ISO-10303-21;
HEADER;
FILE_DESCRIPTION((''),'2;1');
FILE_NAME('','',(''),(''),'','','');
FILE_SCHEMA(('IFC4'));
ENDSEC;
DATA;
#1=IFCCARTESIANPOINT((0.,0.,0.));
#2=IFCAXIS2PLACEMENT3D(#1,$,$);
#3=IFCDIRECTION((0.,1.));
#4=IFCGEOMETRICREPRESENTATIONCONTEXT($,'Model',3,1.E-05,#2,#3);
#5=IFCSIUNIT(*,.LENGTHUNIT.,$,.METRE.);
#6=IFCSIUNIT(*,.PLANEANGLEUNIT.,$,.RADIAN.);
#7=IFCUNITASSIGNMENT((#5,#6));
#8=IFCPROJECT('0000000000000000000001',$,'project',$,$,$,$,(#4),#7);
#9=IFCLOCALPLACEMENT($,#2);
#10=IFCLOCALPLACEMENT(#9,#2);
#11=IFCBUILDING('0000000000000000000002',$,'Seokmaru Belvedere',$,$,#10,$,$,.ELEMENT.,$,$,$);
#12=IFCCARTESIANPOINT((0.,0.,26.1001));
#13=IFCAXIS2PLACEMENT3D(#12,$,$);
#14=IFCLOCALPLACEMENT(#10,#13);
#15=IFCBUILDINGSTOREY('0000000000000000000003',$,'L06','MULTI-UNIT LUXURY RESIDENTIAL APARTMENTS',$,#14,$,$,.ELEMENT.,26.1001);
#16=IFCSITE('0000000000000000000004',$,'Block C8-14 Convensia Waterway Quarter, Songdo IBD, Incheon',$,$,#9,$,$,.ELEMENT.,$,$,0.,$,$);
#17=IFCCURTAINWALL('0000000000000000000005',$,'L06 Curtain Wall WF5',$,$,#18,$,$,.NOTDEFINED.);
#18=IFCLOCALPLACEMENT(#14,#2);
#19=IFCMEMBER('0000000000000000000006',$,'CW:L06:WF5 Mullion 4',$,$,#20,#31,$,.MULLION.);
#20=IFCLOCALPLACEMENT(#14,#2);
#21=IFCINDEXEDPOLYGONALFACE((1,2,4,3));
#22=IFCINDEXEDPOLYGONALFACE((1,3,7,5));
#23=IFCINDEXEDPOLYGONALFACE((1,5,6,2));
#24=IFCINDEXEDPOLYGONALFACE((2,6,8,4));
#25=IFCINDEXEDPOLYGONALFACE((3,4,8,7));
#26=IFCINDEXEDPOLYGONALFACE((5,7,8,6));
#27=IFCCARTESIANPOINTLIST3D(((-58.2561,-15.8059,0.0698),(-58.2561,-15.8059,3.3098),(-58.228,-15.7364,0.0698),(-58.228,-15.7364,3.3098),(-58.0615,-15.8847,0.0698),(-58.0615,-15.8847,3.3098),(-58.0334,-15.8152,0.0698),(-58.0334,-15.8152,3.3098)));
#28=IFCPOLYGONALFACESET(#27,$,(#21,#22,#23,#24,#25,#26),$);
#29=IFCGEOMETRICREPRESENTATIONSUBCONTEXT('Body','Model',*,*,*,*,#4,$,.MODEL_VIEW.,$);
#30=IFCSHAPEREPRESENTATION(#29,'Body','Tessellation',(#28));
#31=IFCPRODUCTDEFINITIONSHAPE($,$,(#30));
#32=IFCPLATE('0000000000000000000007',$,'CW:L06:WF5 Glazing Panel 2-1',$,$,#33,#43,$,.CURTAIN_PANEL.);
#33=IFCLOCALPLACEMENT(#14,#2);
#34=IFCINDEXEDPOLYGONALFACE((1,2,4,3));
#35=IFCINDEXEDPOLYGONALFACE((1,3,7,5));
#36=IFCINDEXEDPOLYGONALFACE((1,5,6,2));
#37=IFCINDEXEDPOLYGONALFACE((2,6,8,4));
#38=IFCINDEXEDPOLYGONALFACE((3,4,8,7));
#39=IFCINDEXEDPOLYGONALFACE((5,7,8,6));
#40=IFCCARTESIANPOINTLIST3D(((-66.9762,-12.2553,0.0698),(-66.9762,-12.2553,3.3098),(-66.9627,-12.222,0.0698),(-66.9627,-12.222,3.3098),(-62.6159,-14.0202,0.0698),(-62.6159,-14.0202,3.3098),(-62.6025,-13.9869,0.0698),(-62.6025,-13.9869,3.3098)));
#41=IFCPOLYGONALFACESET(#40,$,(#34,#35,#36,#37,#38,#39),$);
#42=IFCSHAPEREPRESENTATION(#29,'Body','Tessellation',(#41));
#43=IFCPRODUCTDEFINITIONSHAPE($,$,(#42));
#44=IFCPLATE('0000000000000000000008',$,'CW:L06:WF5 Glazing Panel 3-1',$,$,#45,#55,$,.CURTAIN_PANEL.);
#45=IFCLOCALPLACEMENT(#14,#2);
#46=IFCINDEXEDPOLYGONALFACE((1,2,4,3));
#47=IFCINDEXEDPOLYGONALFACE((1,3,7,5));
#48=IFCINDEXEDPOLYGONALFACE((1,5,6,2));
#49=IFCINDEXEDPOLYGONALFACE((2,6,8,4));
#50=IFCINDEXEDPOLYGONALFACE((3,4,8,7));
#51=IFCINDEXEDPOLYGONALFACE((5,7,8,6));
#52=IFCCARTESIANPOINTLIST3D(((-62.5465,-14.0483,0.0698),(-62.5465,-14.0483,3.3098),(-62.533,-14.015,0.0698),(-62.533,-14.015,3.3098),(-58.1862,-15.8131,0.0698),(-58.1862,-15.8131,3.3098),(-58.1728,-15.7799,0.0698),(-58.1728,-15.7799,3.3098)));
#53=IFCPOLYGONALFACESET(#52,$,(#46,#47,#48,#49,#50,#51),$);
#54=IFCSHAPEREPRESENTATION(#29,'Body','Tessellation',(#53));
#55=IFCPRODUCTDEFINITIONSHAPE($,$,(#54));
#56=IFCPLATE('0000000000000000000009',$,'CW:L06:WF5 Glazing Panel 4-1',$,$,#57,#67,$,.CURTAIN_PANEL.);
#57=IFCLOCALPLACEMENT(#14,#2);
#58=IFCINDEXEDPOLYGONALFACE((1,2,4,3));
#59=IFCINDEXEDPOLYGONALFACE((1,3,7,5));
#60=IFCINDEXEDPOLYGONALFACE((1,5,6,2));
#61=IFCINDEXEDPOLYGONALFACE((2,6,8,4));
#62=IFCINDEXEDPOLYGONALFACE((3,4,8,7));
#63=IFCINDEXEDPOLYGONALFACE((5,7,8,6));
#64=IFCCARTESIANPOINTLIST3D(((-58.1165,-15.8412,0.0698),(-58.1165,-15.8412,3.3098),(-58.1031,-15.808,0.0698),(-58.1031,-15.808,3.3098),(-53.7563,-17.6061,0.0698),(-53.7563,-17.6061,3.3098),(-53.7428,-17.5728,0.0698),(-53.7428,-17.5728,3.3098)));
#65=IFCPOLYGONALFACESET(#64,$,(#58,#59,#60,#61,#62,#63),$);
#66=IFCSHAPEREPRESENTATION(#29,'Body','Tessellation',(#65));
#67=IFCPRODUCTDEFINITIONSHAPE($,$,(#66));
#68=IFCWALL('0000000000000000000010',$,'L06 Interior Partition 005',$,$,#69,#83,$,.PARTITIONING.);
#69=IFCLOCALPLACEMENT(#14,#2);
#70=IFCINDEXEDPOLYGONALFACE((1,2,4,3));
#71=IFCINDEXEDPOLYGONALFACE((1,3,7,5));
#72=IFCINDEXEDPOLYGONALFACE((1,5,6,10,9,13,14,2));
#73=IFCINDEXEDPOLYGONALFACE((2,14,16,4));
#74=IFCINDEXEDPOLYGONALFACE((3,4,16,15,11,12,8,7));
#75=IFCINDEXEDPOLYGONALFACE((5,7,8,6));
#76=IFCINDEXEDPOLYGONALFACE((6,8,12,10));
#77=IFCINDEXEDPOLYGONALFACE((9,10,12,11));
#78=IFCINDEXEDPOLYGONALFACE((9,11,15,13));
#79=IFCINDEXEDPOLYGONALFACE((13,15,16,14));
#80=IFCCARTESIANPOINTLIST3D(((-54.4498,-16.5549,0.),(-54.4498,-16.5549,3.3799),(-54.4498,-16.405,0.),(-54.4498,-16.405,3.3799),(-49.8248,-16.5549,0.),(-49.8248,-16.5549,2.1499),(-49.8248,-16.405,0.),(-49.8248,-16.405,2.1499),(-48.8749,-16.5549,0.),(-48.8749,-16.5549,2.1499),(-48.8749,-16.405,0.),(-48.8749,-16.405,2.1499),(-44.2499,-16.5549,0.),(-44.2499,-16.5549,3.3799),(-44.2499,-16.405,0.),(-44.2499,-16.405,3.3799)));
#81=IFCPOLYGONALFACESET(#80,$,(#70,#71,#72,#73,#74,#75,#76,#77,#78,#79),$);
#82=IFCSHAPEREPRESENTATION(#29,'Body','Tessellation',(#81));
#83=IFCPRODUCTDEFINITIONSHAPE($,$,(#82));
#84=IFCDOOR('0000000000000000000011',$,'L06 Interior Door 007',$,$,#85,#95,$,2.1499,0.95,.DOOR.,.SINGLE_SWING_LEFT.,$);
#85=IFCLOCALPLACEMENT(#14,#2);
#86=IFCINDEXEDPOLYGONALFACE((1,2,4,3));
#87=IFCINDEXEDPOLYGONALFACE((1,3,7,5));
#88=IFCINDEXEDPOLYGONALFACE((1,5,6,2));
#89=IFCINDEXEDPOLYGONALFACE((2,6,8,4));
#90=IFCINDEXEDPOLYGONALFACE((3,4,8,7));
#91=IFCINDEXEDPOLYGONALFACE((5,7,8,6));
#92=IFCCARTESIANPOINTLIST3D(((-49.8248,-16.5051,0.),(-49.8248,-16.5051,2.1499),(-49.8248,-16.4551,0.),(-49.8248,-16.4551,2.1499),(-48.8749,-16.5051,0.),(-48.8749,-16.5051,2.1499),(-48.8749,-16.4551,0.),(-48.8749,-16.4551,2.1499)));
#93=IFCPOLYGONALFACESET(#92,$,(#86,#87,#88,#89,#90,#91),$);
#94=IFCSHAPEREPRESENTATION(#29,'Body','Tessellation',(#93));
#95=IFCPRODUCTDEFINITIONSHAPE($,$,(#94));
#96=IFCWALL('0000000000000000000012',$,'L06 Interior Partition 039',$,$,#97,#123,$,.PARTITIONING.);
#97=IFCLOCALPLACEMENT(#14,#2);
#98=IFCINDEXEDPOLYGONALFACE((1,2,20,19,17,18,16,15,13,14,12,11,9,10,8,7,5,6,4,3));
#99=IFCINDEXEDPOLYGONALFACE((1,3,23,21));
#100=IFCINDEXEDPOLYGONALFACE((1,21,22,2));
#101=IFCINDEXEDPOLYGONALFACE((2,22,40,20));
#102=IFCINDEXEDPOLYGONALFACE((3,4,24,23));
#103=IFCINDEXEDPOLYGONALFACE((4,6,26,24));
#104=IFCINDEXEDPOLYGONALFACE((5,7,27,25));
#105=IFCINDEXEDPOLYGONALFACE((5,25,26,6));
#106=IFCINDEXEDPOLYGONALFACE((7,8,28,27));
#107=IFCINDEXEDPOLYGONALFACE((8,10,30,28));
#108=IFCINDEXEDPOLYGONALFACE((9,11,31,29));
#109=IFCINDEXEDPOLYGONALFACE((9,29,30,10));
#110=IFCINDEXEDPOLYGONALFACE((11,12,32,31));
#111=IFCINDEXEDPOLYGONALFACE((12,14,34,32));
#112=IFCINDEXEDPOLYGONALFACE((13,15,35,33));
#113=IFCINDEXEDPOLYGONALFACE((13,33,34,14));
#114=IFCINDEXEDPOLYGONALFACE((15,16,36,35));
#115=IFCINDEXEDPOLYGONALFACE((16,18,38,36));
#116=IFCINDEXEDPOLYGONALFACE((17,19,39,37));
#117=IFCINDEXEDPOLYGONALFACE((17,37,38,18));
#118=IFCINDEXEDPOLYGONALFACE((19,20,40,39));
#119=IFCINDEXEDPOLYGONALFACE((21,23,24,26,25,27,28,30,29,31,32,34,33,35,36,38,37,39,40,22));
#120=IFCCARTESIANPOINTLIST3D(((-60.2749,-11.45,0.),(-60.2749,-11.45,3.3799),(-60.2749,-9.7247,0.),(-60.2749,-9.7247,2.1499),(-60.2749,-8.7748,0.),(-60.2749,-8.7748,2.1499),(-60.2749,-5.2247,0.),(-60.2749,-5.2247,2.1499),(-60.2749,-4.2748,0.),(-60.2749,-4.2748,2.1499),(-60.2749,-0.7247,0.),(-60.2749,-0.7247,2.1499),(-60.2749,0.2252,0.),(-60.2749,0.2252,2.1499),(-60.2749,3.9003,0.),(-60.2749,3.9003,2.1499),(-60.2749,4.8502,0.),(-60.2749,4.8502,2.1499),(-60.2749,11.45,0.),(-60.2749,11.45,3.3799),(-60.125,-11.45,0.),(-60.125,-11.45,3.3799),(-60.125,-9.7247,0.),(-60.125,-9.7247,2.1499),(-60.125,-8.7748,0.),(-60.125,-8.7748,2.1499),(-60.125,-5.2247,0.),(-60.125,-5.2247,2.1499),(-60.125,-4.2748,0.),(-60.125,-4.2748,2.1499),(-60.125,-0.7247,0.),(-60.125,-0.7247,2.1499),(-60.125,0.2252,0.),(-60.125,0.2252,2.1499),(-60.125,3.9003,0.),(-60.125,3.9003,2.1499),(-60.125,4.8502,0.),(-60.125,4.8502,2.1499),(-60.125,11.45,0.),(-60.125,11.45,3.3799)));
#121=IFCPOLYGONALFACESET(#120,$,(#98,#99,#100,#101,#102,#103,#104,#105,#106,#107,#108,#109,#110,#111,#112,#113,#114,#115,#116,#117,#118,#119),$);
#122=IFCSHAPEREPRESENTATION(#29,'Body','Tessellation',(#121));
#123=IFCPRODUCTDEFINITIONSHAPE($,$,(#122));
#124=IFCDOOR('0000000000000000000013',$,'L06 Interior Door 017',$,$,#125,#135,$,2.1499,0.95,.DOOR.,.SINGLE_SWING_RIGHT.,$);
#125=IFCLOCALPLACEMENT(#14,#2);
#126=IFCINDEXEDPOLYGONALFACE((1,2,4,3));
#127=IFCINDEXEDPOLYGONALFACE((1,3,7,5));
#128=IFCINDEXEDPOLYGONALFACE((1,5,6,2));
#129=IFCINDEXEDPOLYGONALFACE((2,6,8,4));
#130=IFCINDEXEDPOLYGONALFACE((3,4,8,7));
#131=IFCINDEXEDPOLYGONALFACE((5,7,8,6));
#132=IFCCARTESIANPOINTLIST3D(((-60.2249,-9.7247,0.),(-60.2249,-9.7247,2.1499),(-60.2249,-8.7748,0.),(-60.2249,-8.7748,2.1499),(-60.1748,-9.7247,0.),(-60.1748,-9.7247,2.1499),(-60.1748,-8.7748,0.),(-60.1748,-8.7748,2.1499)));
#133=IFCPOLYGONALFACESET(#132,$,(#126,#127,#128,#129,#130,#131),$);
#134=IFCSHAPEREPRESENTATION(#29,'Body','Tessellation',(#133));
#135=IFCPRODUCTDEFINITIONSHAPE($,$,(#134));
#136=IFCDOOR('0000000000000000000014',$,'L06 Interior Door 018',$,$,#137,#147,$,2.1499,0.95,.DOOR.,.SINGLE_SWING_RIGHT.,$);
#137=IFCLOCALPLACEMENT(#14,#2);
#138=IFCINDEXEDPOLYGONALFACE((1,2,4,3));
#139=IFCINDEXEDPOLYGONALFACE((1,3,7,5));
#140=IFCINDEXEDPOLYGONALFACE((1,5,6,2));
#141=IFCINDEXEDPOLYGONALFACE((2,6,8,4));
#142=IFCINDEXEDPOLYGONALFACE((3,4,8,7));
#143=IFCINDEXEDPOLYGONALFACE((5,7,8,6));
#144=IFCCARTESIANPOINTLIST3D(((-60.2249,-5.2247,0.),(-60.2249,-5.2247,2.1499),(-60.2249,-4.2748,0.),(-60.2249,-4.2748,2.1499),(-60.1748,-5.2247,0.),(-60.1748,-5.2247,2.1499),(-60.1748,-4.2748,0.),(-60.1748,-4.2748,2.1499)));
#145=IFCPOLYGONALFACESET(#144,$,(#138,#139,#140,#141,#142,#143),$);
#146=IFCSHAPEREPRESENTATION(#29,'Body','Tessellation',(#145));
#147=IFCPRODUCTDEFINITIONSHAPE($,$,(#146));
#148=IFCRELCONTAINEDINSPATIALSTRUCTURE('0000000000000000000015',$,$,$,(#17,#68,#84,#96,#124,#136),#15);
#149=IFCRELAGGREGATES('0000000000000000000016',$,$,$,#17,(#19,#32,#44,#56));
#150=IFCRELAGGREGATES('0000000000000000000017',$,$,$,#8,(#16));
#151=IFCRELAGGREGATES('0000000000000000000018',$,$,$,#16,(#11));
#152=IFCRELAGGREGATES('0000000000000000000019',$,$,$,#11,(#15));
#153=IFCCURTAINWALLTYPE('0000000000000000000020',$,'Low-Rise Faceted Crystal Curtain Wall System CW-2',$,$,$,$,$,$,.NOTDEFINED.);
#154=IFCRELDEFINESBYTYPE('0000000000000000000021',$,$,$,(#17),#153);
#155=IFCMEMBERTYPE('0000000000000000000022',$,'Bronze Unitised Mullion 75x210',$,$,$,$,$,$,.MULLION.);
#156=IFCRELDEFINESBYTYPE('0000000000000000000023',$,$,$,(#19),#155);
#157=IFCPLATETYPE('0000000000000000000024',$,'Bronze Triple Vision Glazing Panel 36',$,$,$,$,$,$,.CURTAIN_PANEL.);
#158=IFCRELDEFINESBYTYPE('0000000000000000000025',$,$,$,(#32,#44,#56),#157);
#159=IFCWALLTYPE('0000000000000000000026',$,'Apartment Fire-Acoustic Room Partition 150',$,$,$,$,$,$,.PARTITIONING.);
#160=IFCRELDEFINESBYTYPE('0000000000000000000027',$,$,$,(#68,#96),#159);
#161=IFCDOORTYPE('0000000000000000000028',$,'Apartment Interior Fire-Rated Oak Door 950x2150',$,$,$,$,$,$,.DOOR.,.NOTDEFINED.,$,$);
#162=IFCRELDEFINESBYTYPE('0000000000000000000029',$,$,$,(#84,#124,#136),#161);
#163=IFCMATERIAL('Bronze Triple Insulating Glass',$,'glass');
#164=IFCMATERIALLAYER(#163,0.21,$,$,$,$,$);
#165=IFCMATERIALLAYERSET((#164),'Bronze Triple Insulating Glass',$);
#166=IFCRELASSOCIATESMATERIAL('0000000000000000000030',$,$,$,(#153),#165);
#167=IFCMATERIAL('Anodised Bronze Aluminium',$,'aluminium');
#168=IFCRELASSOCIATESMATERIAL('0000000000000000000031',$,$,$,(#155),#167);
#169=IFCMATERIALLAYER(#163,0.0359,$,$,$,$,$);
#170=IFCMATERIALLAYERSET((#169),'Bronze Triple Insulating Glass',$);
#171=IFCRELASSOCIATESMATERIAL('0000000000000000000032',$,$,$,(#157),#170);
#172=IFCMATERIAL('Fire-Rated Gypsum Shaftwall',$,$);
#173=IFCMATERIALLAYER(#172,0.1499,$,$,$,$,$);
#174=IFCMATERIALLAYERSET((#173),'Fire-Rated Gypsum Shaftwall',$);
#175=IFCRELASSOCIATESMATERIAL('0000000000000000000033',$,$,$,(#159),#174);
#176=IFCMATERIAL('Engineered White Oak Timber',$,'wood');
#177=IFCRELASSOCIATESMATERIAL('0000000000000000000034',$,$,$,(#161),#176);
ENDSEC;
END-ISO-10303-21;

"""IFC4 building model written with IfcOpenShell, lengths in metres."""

from ifc_helpers import new_model, si_unit, direction, frame, frame_2d, origin, origin_2d, place, context, subcontext, project, spatial, rectangle, extrude, source, transform, mapped, material, layer, layer_set, material_profile, profile_set, type_object, type_shapes, element, fill, aggregate, save


model = new_model("IFC4")

# Units and contexts
model_context = context("Model", 3, precision=1e-05, world=origin(), true_north=direction((0.0, 1.0)))
body_context = subcontext(model_context, "Body", "Model", "MODEL_VIEW")
ifc_project = project(units=[si_unit("LENGTHUNIT", "METRE"), si_unit("PLANEANGLEUNIT", "RADIAN")], contexts=[model_context])

# Site, building, storey
site_placement = place(None, origin())
site = spatial("IfcSite", under=ifc_project, at=site_placement, Name="Block C8-14 Convensia Waterway Quarter, Songdo IBD, Incheon", CompositionType="ELEMENT", RefElevation=0.0)
building_placement = place(site_placement, origin())
building = spatial("IfcBuilding", under=site, at=building_placement, Name="Seokmaru Belvedere", CompositionType="ELEMENT")
storey_placement = place(building_placement, frame((0.0, 0.0, 26.1001)))
storey = spatial("IfcBuildingStorey", under=building, at=storey_placement, Name="L06", Description="MULTI-UNIT LUXURY RESIDENTIAL APARTMENTS", CompositionType="ELEMENT", Elevation=26.1001)

# Curtain wall, member, plates
ifc_material_1 = material(Name="Bronze Triple Insulating Glass", Category="glass")
ifc_layer_1 = layer(ifc_material_1, 0.21)
ifc_layer_set_1 = layer_set([ifc_layer_1], Name="Bronze Triple Insulating Glass")
curtain_wall_type = type_object("IfcCurtainWallType", Name="Low-Rise Faceted Crystal Curtain Wall System CW-2", PredefinedType="NOTDEFINED", material=ifc_layer_set_1)
curtain_wall_placement = place(storey_placement, origin())
curtain_wall = element("IfcCurtainWall", 1, at=curtain_wall_placement, inside=storey, type_object=curtain_wall_type, Name="L06 Curtain Wall WF5", PredefinedType="NOTDEFINED")
ifc_material_2 = material(Name="Anodised Bronze Aluminium", Category="aluminium")
ifc_material_profile_1 = material_profile(ifc_material_2, rectangle(XDim=0.075, YDim=0.21, at=origin_2d()), Name="CW-M-75x210")
ifc_profile_set_1 = profile_set([ifc_material_profile_1], Name="Anodised Bronze Aluminium")
member_type = type_object("IfcMemberType", Name="Bronze Unitised Mullion 75x210", PredefinedType="MULLION", material=ifc_profile_set_1)
shared_shape_1 = source(origin(), body_context, "Body", "SweptSolid", [
    extrude(rectangle(XDim=0.075, YDim=0.21, at=origin_2d()), origin(), (0.0, 0.0, 1.0), 3.24),
])
type_shapes(member_type, [shared_shape_1])
member_1_placement = place(storey_placement, frame((-58.1448, -15.8105, 0.0698), z_axis=(0.0, 0.0, 1.0), x_axis=(0.375192, 0.926947, 0.0)))
member_1 = element("IfcMember", 2, at=member_1_placement, type_object=member_type, Name="CW:L06:WF5 Mullion 4", PredefinedType="MULLION", context=body_context, shape_type="MappedRepresentation", body=[
    mapped(shared_shape_1, transform((0.0, 0.0, 0.0), scale=1.0)),
])
ifc_layer_2 = layer(ifc_material_1, 0.0359)
ifc_layer_set_2 = layer_set([ifc_layer_2], Name="Bronze Triple Insulating Glass")
plate_type = type_object("IfcPlateType", Name="Bronze Triple Vision Glazing Panel 36", PredefinedType="CURTAIN_PANEL", material=ifc_layer_set_2)
shared_shape_2 = source(origin(), body_context, "Body", "SweptSolid", [
    extrude(rectangle(XDim=4.7039, YDim=0.0359, at=origin_2d()), origin(), (0.0, 0.0, 1.0), 3.24),
])
type_shapes(plate_type, [shared_shape_2])
plate_1_placement = place(storey_placement, frame((-64.7893, -13.1211, 0.0698), z_axis=(0.0, 0.0, 1.0), x_axis=(0.926947, -0.375192, 0.0)))
plate_1 = element("IfcPlate", 3, at=plate_1_placement, type_object=plate_type, Name="CW:L06:WF5 Glazing Panel 2-1", PredefinedType="CURTAIN_PANEL", context=body_context, shape_type="MappedRepresentation", body=[
    mapped(shared_shape_2, transform((0.0, 0.0, 0.0), scale=1.0)),
])
plate_2_placement = place(storey_placement, frame((-60.3596, -14.9141, 0.0698), z_axis=(0.0, 0.0, 1.0), x_axis=(0.926947, -0.375192, 0.0)))
plate_2 = element("IfcPlate", 4, at=plate_2_placement, type_object=plate_type, Name="CW:L06:WF5 Glazing Panel 3-1", PredefinedType="CURTAIN_PANEL", context=body_context, shape_type="MappedRepresentation", body=[
    mapped(shared_shape_2, transform((0.0, 0.0, 0.0), scale=1.0)),
])
plate_3_placement = place(storey_placement, frame((-55.9297, -16.707, 0.0698), z_axis=(0.0, 0.0, 1.0), x_axis=(0.926947, -0.375192, 0.0)))
plate_3 = element("IfcPlate", 5, at=plate_3_placement, type_object=plate_type, Name="CW:L06:WF5 Glazing Panel 4-1", PredefinedType="CURTAIN_PANEL", context=body_context, shape_type="MappedRepresentation", body=[
    mapped(shared_shape_2, transform((0.0, 0.0, 0.0), scale=1.0)),
])
aggregate(curtain_wall, [member_1, plate_1, plate_2, plate_3])

# Wall, opening, door
ifc_material_3 = material(Name="Fire-Rated Gypsum Shaftwall")
ifc_layer_3 = layer(ifc_material_3, 0.1499)
ifc_layer_set_3 = layer_set([ifc_layer_3], Name="Fire-Rated Gypsum Shaftwall")
wall_type = type_object("IfcWallType", Name="Apartment Fire-Acoustic Room Partition 150", PredefinedType="PARTITIONING", material=ifc_layer_set_3)
wall_1_placement = place(storey_placement, frame((-54.45, -16.48, 0.0), z_axis=(0.0, 0.0, 1.0), x_axis=(1.0, 0.0, 0.0)))
wall_1 = element("IfcWall", 6, at=wall_1_placement, inside=storey, type_object=wall_type, Name="L06 Interior Partition 005", PredefinedType="PARTITIONING", context=body_context, shape_type="SweptSolid", body=[
    extrude(rectangle(XDim=10.2, YDim=0.1499, at=frame_2d((5.1001, 0.0))), origin(), (0.0, 0.0, 1.0), 3.3799),
])
opening_1_placement = place(wall_1_placement, frame((4.625, 0.0, 0.0)))
opening_1 = element("IfcOpeningElement", 7, at=opening_1_placement, cuts=wall_1, PredefinedType="OPENING", context=body_context, shape_type="SweptSolid", body=[
    extrude(rectangle(XDim=0.95, YDim=2.1499, at=frame_2d((0.4751, 1.075))), frame((0.0, 0.085, 0.0), z_axis=(0.0, -1.0, 0.0), x_axis=(1.0, 0.0, 0.0)), (0.0, 0.0, 1.0), 0.1699),
])
ifc_material_4 = material(Name="Engineered White Oak Timber", Category="wood")
door_type = type_object("IfcDoorType", Name="Apartment Interior Fire-Rated Oak Door 950x2150", OperationType="NOTDEFINED", PredefinedType="DOOR", material=ifc_material_4)
shared_shape_3 = source(origin(), body_context, "Body", "SweptSolid", [
    extrude(rectangle(XDim=0.95, YDim=2.1499, at=frame_2d((0.4751, 1.075))), frame((0.0, 0.0249, 0.0), z_axis=(0.0, -1.0, 0.0), x_axis=(1.0, 0.0, 0.0)), (0.0, 0.0, 1.0), 0.05),
])
type_shapes(door_type, [shared_shape_3])
door_1_placement = place(opening_1_placement, origin())
door_1 = element("IfcDoor", 8, at=door_1_placement, inside=storey, type_object=door_type, Name="L06 Interior Door 007", OperationType="SINGLE_SWING_LEFT", OverallHeight=2.1499, OverallWidth=0.95, PredefinedType="DOOR", context=body_context, shape_type="MappedRepresentation", body=[
    mapped(shared_shape_3, transform((0.0, 0.0, 0.0), scale=1.0)),
])
fill(opening_1, door_1)

# Wall, openings, doors
wall_2_placement = place(storey_placement, frame((-60.2, -11.45, 0.0), z_axis=(0.0, 0.0, 1.0), x_axis=(0.0, 1.0, 0.0)))
wall_2 = element("IfcWall", 9, at=wall_2_placement, inside=storey, type_object=wall_type, Name="L06 Interior Partition 039", PredefinedType="PARTITIONING", context=body_context, shape_type="SweptSolid", body=[
    extrude(rectangle(XDim=22.8999, YDim=0.1499, at=frame_2d((11.45, 0.0))), origin(), (0.0, 0.0, 1.0), 3.3799),
])
opening_2_placement = place(wall_2_placement, frame((1.7251, 0.0, 0.0)))
opening_2 = element("IfcOpeningElement", 10, at=opening_2_placement, cuts=wall_2, PredefinedType="OPENING", context=body_context, shape_type="SweptSolid", body=[
    extrude(rectangle(XDim=0.95, YDim=2.1499, at=frame_2d((0.4751, 1.075))), frame((0.0, 0.085, 0.0), z_axis=(0.0, -1.0, 0.0), x_axis=(1.0, 0.0, 0.0)), (0.0, 0.0, 1.0), 0.1699),
])
opening_3_placement = place(wall_2_placement, frame((6.2251, 0.0, 0.0)))
opening_3 = element("IfcOpeningElement", 11, at=opening_3_placement, cuts=wall_2, PredefinedType="OPENING", context=body_context, shape_type="SweptSolid", body=[
    extrude(rectangle(XDim=0.95, YDim=2.1499, at=frame_2d((0.4751, 1.075))), frame((0.0, 0.085, 0.0), z_axis=(0.0, -1.0, 0.0), x_axis=(1.0, 0.0, 0.0)), (0.0, 0.0, 1.0), 0.1699),
])
opening_4_placement = place(wall_2_placement, frame((10.7251, 0.0, 0.0)))
element("IfcOpeningElement", 12, at=opening_4_placement, cuts=wall_2, PredefinedType="OPENING", context=body_context, shape_type="SweptSolid", body=[
    extrude(rectangle(XDim=0.95, YDim=2.1499, at=frame_2d((0.4751, 1.075))), frame((0.0, 0.085, 0.0), z_axis=(0.0, -1.0, 0.0), x_axis=(1.0, 0.0, 0.0)), (0.0, 0.0, 1.0), 0.1699),
])
opening_5_placement = place(wall_2_placement, frame((15.3501, 0.0, 0.0)))
element("IfcOpeningElement", 13, at=opening_5_placement, cuts=wall_2, PredefinedType="OPENING", context=body_context, shape_type="SweptSolid", body=[
    extrude(rectangle(XDim=0.95, YDim=2.1499, at=frame_2d((0.4751, 1.075))), frame((0.0, 0.085, 0.0), z_axis=(0.0, -1.0, 0.0), x_axis=(1.0, 0.0, 0.0)), (0.0, 0.0, 1.0), 0.1699),
])
door_2_placement = place(opening_2_placement, origin())
door_2 = element("IfcDoor", 14, at=door_2_placement, inside=storey, type_object=door_type, Name="L06 Interior Door 017", OperationType="SINGLE_SWING_RIGHT", OverallHeight=2.1499, OverallWidth=0.95, PredefinedType="DOOR", context=body_context, shape_type="MappedRepresentation", body=[
    mapped(shared_shape_3, transform((0.0, 0.0, 0.0), scale=1.0)),
])
fill(opening_2, door_2)
door_3_placement = place(opening_3_placement, origin())
door_3 = element("IfcDoor", 15, at=door_3_placement, inside=storey, type_object=door_type, Name="L06 Interior Door 018", OperationType="SINGLE_SWING_RIGHT", OverallHeight=2.1499, OverallWidth=0.95, PredefinedType="DOOR", context=body_context, shape_type="MappedRepresentation", body=[
    mapped(shared_shape_3, transform((0.0, 0.0, 0.0), scale=1.0)),
])
fill(opening_3, door_3)

save(model, "model.ifc")
